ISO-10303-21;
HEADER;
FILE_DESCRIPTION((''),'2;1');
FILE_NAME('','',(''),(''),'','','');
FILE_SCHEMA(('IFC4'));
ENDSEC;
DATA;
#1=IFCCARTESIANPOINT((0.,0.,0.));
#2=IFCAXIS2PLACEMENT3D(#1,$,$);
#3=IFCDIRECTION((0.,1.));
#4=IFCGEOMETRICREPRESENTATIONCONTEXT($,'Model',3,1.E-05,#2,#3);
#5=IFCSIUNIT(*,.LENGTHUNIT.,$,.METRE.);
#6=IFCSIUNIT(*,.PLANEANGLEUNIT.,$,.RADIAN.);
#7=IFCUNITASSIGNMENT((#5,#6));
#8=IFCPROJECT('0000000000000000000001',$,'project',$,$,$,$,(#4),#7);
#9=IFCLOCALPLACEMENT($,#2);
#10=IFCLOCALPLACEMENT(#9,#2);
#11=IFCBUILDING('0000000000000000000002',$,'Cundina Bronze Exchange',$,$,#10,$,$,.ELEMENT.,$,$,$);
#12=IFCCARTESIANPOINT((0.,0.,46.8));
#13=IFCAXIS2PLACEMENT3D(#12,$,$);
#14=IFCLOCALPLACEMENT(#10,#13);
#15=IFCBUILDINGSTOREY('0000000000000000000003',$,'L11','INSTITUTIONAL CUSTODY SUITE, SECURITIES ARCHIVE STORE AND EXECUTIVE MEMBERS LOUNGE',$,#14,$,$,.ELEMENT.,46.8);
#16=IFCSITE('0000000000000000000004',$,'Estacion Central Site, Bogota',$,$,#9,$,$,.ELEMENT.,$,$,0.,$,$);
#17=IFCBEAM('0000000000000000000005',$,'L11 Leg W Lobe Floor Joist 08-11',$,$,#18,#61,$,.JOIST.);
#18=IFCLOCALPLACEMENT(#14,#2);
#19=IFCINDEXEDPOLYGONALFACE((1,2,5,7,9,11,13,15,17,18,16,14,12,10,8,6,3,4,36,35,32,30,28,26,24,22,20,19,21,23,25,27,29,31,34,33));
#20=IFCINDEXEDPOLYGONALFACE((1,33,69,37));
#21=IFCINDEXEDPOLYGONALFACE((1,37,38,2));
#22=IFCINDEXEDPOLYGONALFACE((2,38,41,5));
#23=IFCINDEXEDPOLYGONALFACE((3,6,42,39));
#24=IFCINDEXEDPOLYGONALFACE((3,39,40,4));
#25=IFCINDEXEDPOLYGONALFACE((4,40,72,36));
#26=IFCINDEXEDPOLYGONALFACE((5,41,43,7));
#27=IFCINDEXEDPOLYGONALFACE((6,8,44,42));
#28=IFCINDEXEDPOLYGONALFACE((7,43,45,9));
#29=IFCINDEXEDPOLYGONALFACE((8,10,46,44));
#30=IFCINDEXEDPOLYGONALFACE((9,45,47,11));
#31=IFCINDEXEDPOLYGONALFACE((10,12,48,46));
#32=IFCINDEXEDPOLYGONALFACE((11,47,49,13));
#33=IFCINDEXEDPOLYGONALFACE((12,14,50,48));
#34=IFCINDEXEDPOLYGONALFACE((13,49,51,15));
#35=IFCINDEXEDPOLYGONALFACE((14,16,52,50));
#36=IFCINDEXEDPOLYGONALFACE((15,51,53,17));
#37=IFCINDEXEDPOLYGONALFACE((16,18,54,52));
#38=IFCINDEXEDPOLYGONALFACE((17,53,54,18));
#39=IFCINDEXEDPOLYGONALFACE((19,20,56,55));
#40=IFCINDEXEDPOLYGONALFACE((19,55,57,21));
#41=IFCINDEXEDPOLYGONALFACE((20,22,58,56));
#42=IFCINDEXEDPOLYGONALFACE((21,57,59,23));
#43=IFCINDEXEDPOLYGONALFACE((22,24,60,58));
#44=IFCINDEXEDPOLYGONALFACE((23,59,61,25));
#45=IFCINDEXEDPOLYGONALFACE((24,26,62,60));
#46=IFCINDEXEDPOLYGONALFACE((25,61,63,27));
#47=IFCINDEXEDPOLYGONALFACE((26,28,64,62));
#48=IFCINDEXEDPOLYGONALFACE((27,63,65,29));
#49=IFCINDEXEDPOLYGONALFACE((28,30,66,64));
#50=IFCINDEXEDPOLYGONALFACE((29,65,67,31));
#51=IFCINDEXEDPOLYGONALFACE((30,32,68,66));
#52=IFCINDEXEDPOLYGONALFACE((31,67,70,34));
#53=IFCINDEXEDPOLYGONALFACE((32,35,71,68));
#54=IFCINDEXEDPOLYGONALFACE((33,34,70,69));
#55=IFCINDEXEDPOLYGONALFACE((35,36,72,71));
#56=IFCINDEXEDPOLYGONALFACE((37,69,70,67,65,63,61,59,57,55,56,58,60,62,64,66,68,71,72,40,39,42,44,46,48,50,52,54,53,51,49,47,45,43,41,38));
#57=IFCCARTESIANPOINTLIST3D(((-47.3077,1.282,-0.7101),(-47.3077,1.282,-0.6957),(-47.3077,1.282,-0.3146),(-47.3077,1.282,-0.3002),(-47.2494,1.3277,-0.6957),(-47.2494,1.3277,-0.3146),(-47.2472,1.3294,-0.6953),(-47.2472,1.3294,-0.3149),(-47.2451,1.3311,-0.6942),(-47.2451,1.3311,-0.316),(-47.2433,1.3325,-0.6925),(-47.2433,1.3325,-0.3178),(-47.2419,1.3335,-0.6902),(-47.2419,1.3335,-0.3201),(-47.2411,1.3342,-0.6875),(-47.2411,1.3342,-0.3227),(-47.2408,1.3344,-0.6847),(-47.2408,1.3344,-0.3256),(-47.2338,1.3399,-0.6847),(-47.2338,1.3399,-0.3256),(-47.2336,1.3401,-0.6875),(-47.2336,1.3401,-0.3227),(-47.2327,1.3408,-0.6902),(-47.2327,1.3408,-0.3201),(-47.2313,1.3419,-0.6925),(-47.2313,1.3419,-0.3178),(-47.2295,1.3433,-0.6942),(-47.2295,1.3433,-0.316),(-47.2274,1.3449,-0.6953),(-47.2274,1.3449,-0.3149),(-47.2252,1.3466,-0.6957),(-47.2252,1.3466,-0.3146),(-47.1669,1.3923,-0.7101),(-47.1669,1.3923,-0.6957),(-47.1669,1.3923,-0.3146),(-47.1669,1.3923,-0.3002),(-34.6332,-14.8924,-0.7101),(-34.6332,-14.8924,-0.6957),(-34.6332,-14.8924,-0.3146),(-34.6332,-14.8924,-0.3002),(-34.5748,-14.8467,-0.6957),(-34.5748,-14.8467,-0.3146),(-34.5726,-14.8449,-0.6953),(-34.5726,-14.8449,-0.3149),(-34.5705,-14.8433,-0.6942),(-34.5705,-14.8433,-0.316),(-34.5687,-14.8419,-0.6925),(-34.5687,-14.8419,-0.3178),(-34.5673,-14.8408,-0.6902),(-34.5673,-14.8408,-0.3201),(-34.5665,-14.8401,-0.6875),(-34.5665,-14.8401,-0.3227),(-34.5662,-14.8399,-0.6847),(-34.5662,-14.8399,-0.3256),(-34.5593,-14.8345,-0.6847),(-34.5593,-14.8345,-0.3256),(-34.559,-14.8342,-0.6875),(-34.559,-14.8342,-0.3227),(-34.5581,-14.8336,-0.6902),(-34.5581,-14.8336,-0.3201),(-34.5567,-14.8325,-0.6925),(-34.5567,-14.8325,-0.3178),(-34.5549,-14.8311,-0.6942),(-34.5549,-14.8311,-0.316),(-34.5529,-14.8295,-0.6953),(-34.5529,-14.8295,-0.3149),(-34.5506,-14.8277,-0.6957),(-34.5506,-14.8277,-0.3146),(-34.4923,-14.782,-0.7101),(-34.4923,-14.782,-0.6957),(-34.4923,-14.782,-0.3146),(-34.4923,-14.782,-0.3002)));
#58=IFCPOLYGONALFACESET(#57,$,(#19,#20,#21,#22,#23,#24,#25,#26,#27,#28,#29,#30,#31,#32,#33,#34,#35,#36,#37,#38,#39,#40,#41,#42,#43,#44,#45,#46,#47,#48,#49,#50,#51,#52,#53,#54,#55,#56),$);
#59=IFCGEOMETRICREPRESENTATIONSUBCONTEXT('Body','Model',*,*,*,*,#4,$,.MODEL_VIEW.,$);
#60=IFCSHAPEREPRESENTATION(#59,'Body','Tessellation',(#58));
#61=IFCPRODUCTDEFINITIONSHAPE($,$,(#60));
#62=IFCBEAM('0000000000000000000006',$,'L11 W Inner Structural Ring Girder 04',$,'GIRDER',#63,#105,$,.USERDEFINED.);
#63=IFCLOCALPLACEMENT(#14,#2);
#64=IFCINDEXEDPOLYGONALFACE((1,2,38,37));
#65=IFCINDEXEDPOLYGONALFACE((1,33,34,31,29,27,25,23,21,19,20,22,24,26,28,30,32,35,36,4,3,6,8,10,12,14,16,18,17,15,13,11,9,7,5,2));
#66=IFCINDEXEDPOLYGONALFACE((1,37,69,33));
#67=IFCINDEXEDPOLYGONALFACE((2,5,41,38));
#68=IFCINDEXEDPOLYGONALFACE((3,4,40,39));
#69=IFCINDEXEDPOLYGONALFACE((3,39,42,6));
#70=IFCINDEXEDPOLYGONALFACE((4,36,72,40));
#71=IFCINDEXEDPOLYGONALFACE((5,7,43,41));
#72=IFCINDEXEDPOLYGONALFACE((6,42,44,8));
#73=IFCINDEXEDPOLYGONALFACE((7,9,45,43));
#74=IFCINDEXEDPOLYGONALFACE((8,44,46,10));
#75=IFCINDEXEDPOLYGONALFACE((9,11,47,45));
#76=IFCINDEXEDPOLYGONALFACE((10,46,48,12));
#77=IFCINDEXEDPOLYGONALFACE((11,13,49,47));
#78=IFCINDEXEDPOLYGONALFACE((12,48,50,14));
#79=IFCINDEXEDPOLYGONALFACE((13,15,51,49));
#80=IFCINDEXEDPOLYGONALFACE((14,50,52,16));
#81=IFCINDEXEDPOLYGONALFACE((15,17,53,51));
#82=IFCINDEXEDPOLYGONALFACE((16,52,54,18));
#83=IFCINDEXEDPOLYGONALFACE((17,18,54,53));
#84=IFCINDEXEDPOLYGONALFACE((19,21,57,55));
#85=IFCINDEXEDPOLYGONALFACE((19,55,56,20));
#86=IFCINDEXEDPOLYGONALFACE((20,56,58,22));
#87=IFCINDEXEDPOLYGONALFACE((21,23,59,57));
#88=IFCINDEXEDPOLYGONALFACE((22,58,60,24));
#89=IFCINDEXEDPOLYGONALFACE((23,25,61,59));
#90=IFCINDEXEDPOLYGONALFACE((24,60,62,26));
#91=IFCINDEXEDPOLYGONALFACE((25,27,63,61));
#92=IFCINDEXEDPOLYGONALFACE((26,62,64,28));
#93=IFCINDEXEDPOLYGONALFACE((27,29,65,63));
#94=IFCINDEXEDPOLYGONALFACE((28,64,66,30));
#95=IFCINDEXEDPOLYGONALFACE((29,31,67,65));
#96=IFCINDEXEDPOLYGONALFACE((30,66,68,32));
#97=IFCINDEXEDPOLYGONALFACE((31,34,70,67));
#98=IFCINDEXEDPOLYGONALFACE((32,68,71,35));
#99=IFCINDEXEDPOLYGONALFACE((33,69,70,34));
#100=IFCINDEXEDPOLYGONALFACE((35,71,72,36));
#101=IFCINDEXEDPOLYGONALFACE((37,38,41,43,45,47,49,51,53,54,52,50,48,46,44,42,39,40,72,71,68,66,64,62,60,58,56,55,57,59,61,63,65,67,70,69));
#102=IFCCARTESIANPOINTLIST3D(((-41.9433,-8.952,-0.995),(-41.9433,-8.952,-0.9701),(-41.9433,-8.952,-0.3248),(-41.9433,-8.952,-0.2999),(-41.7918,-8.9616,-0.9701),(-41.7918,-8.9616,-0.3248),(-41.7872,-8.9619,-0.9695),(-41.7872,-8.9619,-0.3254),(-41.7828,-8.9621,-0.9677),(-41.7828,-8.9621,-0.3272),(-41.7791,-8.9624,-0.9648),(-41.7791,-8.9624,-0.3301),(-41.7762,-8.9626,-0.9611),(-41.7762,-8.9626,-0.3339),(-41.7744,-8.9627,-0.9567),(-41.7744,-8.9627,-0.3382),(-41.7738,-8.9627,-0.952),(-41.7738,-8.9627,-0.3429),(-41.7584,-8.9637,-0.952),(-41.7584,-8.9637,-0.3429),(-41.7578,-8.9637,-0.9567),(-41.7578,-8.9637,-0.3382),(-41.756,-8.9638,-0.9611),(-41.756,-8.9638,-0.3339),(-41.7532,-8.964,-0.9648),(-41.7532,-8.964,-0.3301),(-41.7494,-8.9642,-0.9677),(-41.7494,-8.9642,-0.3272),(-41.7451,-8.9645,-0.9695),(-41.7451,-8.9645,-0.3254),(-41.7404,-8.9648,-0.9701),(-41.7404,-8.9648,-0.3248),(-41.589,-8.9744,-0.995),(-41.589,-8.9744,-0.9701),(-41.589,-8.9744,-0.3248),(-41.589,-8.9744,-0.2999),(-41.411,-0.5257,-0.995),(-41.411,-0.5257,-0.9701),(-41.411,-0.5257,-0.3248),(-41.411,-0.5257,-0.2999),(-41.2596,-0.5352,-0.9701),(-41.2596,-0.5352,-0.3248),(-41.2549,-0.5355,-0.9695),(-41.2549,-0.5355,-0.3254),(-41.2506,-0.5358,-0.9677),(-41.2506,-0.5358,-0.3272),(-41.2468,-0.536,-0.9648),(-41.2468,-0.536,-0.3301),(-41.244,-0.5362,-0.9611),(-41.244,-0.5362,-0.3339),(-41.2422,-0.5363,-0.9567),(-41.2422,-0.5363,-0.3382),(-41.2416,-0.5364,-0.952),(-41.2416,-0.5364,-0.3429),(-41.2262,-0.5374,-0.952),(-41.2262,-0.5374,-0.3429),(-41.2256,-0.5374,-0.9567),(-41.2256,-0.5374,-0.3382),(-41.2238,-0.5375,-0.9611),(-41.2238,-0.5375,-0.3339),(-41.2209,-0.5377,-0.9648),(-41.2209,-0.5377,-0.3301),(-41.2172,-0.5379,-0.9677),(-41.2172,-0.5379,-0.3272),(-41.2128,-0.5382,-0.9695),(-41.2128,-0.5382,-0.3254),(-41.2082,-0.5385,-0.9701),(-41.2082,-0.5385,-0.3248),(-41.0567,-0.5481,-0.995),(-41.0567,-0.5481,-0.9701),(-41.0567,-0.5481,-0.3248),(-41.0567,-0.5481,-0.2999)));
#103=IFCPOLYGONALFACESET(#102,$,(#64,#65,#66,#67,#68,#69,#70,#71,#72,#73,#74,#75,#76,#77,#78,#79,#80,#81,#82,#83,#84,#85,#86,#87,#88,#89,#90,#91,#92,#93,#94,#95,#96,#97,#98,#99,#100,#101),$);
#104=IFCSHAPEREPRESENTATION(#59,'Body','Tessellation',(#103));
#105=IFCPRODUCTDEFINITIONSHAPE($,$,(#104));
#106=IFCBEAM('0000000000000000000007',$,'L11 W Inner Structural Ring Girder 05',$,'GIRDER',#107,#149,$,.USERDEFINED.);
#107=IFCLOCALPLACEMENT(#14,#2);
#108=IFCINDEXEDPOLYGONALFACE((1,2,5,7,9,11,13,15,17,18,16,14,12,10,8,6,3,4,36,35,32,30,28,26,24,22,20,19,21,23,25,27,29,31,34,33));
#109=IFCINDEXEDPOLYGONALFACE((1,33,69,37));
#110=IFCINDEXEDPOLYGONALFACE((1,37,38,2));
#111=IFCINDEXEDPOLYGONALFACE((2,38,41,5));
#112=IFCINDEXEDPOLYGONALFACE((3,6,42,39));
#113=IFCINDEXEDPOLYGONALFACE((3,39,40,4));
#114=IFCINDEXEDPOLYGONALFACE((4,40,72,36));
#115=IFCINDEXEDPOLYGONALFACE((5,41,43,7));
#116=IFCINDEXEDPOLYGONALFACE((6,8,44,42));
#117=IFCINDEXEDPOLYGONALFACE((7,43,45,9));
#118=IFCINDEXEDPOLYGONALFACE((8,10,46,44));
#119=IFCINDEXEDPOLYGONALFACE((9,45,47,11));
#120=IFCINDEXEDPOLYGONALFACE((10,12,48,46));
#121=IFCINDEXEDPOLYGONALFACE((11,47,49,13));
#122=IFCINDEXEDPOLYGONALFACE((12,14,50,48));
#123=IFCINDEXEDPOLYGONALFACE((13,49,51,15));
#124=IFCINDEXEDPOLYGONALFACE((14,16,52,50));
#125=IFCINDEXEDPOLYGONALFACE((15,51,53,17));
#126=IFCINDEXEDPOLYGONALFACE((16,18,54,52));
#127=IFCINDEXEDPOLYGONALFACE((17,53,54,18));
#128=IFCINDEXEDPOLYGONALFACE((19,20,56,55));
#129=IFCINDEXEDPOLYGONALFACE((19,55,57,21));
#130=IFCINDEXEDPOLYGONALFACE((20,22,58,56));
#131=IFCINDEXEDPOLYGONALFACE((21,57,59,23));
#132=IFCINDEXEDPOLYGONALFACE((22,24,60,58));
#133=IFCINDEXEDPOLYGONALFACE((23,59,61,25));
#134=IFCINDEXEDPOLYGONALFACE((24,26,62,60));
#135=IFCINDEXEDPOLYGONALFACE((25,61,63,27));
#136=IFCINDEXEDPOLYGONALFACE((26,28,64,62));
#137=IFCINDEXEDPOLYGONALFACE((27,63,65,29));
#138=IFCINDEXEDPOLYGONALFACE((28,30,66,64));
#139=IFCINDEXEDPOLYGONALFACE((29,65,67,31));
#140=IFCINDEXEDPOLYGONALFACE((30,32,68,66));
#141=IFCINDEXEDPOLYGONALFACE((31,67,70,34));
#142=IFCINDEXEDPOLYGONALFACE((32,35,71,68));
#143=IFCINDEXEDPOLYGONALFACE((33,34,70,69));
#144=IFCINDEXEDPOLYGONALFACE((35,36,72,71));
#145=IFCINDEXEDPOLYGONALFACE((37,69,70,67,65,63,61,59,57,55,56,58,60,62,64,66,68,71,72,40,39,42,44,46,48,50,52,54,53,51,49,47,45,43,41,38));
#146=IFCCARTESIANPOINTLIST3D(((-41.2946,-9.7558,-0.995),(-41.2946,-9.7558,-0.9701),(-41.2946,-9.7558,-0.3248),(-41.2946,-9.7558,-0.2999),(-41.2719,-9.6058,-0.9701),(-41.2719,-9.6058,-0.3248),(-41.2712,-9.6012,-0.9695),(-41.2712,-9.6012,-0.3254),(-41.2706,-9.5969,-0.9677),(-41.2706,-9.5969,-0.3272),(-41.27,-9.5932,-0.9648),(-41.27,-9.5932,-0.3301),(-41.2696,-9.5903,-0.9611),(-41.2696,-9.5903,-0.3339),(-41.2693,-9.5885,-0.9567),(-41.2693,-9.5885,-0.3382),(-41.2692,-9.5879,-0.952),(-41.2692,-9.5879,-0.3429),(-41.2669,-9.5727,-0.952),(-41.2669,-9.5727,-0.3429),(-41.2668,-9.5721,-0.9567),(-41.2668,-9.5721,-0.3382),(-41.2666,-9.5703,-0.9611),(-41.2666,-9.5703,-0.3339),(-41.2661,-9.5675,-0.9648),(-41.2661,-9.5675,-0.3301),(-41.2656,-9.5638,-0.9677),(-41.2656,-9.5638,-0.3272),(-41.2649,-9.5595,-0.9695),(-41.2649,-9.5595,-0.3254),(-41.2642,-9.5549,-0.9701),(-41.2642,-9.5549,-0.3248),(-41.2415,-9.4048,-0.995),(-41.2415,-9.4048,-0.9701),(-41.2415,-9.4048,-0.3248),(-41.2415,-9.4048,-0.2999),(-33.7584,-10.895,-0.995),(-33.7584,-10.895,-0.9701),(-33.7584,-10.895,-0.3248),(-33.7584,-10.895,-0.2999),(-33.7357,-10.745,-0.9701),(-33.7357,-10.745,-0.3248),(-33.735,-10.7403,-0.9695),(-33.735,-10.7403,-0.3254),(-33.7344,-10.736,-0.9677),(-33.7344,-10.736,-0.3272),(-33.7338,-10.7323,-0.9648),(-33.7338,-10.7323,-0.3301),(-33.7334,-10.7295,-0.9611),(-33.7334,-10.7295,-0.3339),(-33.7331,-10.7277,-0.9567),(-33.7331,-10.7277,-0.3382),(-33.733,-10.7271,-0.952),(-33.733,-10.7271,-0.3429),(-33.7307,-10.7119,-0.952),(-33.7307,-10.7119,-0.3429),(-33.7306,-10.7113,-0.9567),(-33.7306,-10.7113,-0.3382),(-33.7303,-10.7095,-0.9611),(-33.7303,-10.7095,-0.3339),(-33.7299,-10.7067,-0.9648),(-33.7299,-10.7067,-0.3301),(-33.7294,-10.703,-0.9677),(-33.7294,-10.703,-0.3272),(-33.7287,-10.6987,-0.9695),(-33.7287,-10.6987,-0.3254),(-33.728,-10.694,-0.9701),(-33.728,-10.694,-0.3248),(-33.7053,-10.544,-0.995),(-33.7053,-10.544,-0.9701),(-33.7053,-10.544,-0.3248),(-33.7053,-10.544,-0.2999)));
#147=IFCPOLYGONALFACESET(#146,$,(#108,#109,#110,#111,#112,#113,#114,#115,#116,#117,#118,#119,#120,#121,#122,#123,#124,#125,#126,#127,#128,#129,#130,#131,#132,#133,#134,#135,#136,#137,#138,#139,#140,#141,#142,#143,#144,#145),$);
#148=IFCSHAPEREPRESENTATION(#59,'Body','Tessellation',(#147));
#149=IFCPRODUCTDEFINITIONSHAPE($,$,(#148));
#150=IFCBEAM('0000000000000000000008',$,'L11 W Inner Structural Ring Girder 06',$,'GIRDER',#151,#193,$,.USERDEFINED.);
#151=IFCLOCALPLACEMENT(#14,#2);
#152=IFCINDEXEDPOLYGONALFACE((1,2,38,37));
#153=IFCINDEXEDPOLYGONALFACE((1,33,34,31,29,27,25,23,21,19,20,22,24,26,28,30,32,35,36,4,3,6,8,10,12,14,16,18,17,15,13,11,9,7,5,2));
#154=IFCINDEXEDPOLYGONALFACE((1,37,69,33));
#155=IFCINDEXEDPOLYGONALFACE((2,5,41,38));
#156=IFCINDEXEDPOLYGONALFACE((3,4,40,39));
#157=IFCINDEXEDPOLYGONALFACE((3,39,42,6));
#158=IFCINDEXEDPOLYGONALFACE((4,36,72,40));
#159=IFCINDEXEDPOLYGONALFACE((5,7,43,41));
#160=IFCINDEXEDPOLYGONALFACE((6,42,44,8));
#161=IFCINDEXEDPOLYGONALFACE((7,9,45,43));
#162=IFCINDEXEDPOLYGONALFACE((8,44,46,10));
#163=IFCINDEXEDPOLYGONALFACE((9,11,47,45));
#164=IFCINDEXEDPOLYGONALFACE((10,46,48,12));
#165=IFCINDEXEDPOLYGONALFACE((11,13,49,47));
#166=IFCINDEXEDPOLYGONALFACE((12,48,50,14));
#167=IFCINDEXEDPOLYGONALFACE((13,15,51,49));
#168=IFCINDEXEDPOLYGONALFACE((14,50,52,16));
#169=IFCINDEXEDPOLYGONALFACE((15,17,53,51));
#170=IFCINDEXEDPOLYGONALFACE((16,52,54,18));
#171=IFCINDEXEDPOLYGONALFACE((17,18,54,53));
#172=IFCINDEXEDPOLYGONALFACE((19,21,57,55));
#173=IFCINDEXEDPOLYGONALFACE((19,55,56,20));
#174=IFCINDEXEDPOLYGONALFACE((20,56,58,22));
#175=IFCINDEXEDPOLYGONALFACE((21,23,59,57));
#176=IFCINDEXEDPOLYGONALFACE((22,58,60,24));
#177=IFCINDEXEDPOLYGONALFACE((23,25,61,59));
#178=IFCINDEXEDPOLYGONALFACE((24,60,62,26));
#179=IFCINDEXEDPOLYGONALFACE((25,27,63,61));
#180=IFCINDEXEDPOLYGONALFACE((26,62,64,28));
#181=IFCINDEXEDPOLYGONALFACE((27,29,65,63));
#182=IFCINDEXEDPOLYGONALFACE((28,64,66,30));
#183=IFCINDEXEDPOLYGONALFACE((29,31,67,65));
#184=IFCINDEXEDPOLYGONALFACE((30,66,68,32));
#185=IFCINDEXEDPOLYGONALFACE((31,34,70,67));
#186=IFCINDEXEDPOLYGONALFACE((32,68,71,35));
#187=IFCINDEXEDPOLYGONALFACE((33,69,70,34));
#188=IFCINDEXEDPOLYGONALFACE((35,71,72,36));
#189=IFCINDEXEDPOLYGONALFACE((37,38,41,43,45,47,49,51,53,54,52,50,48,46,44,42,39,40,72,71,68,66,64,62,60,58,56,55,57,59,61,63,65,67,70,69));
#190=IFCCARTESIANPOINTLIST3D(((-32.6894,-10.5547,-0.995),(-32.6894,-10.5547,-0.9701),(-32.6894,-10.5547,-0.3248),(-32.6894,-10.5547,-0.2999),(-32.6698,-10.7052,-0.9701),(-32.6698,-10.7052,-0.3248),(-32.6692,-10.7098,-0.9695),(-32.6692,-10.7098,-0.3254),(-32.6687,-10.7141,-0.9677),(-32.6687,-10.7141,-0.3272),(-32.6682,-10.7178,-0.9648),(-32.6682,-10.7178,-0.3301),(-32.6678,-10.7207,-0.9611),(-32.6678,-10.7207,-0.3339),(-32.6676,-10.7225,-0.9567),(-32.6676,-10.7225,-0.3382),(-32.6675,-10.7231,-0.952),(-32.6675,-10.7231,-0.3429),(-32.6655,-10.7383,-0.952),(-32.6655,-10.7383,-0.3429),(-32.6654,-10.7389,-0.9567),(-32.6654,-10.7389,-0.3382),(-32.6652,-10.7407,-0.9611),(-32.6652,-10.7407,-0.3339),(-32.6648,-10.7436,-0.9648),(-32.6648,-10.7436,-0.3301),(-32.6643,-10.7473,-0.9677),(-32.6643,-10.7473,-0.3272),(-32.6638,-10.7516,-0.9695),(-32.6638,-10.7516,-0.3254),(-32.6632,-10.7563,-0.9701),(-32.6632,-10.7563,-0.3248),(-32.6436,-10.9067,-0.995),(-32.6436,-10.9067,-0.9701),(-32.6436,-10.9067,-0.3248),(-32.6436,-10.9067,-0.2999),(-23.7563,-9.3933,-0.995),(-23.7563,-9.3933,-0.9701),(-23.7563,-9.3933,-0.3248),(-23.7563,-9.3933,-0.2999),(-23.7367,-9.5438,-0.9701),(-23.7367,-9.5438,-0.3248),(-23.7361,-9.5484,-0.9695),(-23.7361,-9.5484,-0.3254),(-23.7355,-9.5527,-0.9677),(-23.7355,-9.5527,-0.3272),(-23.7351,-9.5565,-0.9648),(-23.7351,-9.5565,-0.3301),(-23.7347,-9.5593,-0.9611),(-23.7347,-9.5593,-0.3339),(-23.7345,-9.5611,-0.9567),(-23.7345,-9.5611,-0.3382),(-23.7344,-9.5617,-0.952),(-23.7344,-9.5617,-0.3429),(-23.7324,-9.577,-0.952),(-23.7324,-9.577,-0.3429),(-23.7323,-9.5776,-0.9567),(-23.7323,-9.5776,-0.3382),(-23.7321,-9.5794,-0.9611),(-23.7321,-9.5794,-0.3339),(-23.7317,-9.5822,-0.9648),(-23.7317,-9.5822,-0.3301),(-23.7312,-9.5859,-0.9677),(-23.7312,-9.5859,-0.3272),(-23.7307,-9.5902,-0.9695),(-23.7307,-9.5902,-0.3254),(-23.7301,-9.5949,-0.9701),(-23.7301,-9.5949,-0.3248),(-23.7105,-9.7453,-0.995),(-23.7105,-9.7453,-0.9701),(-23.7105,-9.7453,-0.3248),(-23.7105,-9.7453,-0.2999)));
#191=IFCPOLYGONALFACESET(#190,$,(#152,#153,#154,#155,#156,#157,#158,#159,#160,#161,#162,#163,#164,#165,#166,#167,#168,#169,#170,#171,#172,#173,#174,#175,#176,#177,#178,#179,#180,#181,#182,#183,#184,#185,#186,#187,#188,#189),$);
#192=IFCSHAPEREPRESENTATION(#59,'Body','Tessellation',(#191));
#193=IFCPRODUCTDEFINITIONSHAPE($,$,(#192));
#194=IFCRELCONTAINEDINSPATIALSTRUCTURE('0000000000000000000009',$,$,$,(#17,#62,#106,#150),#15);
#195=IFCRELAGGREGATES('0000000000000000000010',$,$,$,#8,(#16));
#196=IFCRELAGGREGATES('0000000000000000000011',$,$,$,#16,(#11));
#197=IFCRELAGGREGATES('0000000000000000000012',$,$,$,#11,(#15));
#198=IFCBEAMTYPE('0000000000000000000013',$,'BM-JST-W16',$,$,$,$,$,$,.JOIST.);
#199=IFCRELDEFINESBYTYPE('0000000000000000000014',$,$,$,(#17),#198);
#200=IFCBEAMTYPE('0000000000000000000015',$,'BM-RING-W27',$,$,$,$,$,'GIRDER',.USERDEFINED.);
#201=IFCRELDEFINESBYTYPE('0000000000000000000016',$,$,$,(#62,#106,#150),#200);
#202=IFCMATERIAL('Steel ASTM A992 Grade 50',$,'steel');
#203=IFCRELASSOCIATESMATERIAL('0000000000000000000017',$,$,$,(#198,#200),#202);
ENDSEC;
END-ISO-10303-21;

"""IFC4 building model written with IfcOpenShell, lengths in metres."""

from ifc_helpers import new_model, si_unit, direction, frame, origin, origin_2d, place, context, subcontext, project, spatial, i_section, extrude, material, material_profile, profile_set, type_object, element, save


model = new_model("IFC4")

# Units and contexts
model_context = context("Model", 3, precision=1e-05, world=origin(), true_north=direction((0.0, 1.0)))
body_context = subcontext(model_context, "Body", "Model", "MODEL_VIEW")
ifc_project = project(units=[si_unit("LENGTHUNIT", "METRE"), si_unit("PLANEANGLEUNIT", "RADIAN")], contexts=[model_context])

# Site, building, storey
site_placement = place(None, origin())
site = spatial("IfcSite", under=ifc_project, at=site_placement, Name="Estacion Central Site, Bogota", CompositionType="ELEMENT", RefElevation=0.0)
building_placement = place(site_placement, origin())
building = spatial("IfcBuilding", under=site, at=building_placement, Name="Cundina Bronze Exchange", CompositionType="ELEMENT")
storey_placement = place(building_placement, frame((0.0, 0.0, 46.8)))
storey = spatial("IfcBuildingStorey", under=building, at=storey_placement, Name="L11", Description="INSTITUTIONAL CUSTODY SUITE, SECURITIES ARCHIVE STORE AND EXECUTIVE MEMBERS LOUNGE", CompositionType="ELEMENT", Elevation=46.8)

# Beams
ifc_material_1 = material(Name="Steel ASTM A992 Grade 50", Category="steel")
ifc_material_profile_1 = material_profile(ifc_material_1, i_section(OverallWidth=0.179, OverallDepth=0.4099, WebThickness=0.0088, FlangeThickness=0.0144, FilletRadius=0.011, at=origin_2d()), Name="W16X45", Category="steel")
ifc_profile_set_1 = profile_set([ifc_material_profile_1], Name="Steel ASTM A992 Grade 50")
beam_type_1 = type_object("IfcBeamType", Name="BM-JST-W16", PredefinedType="JOIST", material=ifc_profile_set_1)
beam_1_placement = place(storey_placement, frame((-47.2373, 1.3372, -0.5051), z_axis=(0.616803, -0.787117, 0.0), x_axis=(0.787117, 0.616803, 0.0)))
element("IfcBeam", 1, at=beam_1_placement, inside=storey, type_object=beam_type_1, Name="L11 Leg W Lobe Floor Joist 08-11", PredefinedType="JOIST", context=body_context, shape_type="SweptSolid", body=[
    extrude(i_section(OverallWidth=0.179, OverallDepth=0.4099, WebThickness=0.0088, FlangeThickness=0.0144, FilletRadius=0.011, at=origin_2d()), origin(), (0.0, 0.0, 1.0), 20.5488),
])
ifc_material_profile_2 = material_profile(ifc_material_1, i_section(OverallWidth=0.355, OverallDepth=0.6951, WebThickness=0.0154, FlangeThickness=0.0249, FilletRadius=0.0181, at=origin_2d()), Name="W27X146", Category="steel")
ifc_profile_set_2 = profile_set([ifc_material_profile_2], Name="Steel ASTM A992 Grade 50")
beam_type_2 = type_object("IfcBeamType", Name="BM-RING-W27", ElementType="GIRDER", PredefinedType="USERDEFINED", material=ifc_profile_set_2)
beam_2_placement = place(storey_placement, frame((-41.2339, -0.5369, -0.6475), z_axis=(-0.063037, -0.998011, 0.0), x_axis=(0.998011, -0.063037, 0.0)))
element("IfcBeam", 2, at=beam_2_placement, inside=storey, type_object=beam_type_2, Name="L11 W Inner Structural Ring Girder 04", ObjectType="GIRDER", PredefinedType="USERDEFINED", context=body_context, shape_type="SweptSolid", body=[
    extrude(i_section(OverallWidth=0.355, OverallDepth=0.6951, WebThickness=0.0154, FlangeThickness=0.0249, FilletRadius=0.0181, at=origin_2d()), origin(), (0.0, 0.0, 1.0), 8.4431),
])
beam_3_placement = place(storey_placement, frame((-41.2681, -9.5803, -0.6475), z_axis=(0.988767, -0.149462, 0.0), x_axis=(0.149462, 0.988767, 0.0)))
element("IfcBeam", 3, at=beam_3_placement, inside=storey, type_object=beam_type_2, Name="L11 W Inner Structural Ring Girder 05", ObjectType="GIRDER", PredefinedType="USERDEFINED", context=body_context, shape_type="SweptSolid", body=[
    extrude(i_section(OverallWidth=0.355, OverallDepth=0.6951, WebThickness=0.0154, FlangeThickness=0.0249, FilletRadius=0.0181, at=origin_2d()), origin(), (0.0, 0.0, 1.0), 7.6218),
])
beam_4_placement = place(storey_placement, frame((-32.6665, -10.7307, -0.6475), z_axis=(0.991655, 0.128923, 0.0), x_axis=(-0.128923, 0.991655, 0.0)))
element("IfcBeam", 4, at=beam_4_placement, inside=storey, type_object=beam_type_2, Name="L11 W Inner Structural Ring Girder 06", ObjectType="GIRDER", PredefinedType="USERDEFINED", context=body_context, shape_type="SweptSolid", body=[
    extrude(i_section(OverallWidth=0.355, OverallDepth=0.6951, WebThickness=0.0154, FlangeThickness=0.0249, FilletRadius=0.0181, at=origin_2d()), origin(), (0.0, 0.0, 1.0), 9.0083),
])

save(model, "model.ifc")
